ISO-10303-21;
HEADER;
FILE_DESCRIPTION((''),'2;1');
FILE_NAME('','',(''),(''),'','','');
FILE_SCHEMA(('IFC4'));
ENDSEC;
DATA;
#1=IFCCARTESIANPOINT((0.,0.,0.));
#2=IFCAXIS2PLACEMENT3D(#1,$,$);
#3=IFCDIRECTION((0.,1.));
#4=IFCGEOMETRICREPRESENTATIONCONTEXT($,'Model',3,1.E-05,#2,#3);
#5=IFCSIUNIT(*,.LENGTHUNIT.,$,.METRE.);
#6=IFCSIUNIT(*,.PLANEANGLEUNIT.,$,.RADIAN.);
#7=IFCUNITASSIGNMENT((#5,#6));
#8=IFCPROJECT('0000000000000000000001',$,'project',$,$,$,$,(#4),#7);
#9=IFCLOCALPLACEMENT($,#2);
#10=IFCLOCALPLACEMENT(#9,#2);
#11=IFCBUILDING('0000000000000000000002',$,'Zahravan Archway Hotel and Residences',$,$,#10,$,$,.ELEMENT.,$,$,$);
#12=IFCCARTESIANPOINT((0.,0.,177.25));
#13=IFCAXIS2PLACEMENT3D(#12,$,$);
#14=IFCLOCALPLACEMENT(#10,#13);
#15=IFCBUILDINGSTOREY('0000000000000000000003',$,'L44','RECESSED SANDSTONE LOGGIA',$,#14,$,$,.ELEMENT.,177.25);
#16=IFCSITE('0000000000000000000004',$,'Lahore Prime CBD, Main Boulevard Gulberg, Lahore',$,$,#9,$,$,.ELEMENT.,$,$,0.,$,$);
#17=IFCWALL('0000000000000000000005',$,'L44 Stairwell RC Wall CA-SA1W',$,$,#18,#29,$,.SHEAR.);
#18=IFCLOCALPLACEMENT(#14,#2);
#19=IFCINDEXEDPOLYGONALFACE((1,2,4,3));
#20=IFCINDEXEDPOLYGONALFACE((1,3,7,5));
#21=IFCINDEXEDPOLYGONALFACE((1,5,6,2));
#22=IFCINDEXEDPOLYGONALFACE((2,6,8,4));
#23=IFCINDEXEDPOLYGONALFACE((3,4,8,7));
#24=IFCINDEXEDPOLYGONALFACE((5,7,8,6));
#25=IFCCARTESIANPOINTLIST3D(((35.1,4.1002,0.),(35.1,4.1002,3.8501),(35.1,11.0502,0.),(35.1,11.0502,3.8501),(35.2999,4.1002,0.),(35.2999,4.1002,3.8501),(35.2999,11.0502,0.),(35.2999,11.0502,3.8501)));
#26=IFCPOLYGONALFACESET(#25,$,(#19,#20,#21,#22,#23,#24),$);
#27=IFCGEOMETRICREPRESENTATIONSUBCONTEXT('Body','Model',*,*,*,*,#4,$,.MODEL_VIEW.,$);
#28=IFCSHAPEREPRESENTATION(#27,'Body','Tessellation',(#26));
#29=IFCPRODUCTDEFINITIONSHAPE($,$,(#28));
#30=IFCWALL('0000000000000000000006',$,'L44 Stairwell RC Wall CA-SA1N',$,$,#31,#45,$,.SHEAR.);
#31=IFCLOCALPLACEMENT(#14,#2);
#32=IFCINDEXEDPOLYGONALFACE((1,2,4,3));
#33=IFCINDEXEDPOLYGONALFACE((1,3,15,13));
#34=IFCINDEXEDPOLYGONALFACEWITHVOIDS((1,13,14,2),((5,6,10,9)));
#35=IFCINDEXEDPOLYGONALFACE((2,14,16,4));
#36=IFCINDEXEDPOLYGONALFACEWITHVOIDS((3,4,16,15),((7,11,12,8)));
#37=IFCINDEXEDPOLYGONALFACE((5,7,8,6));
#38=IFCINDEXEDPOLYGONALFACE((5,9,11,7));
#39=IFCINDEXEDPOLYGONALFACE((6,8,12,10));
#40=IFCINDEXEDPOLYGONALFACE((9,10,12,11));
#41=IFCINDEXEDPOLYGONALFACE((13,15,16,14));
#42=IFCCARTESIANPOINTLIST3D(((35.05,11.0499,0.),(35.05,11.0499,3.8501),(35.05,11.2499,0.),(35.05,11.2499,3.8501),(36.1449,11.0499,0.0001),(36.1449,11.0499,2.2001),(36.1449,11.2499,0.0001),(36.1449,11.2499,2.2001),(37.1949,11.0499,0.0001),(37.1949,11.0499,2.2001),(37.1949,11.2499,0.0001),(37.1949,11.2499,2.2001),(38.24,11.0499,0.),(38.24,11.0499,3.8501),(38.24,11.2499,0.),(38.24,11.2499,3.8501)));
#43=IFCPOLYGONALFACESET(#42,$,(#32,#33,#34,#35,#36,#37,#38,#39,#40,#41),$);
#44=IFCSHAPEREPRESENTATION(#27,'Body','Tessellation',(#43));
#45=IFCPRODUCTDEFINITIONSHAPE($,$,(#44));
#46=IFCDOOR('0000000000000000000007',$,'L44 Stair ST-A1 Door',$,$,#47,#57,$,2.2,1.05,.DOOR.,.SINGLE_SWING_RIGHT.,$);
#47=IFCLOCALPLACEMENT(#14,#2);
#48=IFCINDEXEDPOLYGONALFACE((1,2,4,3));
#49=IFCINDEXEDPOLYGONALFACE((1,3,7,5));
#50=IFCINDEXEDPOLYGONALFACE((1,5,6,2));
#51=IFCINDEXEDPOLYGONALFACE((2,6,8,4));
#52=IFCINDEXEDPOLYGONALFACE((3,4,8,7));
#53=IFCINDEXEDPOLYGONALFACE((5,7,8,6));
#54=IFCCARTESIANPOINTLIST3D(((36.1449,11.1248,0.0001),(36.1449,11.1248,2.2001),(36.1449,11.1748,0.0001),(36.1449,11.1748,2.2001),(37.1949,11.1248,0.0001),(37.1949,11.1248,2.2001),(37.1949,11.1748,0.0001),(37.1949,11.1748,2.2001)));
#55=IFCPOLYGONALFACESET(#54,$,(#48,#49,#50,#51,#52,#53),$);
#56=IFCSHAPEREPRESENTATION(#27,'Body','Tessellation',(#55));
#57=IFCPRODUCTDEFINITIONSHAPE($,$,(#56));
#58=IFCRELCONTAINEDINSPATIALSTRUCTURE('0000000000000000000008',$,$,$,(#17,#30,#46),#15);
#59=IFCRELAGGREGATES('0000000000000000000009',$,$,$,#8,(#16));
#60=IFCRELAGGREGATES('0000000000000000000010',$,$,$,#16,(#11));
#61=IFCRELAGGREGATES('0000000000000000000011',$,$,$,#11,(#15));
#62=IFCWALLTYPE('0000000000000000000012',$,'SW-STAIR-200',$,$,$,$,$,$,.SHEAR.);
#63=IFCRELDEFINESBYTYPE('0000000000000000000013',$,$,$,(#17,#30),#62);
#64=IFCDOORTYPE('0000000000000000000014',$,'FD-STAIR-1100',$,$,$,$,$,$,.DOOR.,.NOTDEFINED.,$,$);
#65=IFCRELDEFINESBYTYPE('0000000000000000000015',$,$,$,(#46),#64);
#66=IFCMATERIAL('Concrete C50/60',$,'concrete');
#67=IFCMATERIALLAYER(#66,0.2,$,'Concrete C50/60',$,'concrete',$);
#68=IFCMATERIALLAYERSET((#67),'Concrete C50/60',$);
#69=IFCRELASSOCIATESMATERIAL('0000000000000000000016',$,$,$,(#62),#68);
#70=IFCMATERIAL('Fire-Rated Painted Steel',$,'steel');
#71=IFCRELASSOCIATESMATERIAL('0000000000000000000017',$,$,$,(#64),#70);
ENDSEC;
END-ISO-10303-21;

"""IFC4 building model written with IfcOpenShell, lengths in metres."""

from ifc_helpers import new_model, si_unit, direction, frame, frame_2d, origin, place, context, subcontext, project, spatial, rectangle, extrude, source, transform, mapped, material, layer, layer_set, type_object, type_shapes, element, fill, save


model = new_model("IFC4")

# Units and contexts
model_context = context("Model", 3, precision=1e-05, world=origin(), true_north=direction((0.0, 1.0)))
body_context = subcontext(model_context, "Body", "Model", "MODEL_VIEW")
ifc_project = project(units=[si_unit("LENGTHUNIT", "METRE"), si_unit("PLANEANGLEUNIT", "RADIAN")], contexts=[model_context])

# Site, building, storey
site_placement = place(None, origin())
site = spatial("IfcSite", under=ifc_project, at=site_placement, Name="Lahore Prime CBD, Main Boulevard Gulberg, Lahore", CompositionType="ELEMENT", RefElevation=0.0)
building_placement = place(site_placement, origin())
building = spatial("IfcBuilding", under=site, at=building_placement, Name="Zahravan Archway Hotel and Residences", CompositionType="ELEMENT")
storey_placement = place(building_placement, frame((0.0, 0.0, 177.25)))
storey = spatial("IfcBuildingStorey", under=building, at=storey_placement, Name="L44", Description="RECESSED SANDSTONE LOGGIA", CompositionType="ELEMENT", Elevation=177.25)

# Shared definitions
ifc_material_1 = material(Name="Fire-Rated Painted Steel", Category="steel")

# Wall
ifc_material_2 = material(Name="Concrete C50/60", Category="concrete")
ifc_layer_1 = layer(ifc_material_2, 0.2, Name="Concrete C50/60", Category="concrete")
ifc_layer_set_1 = layer_set([ifc_layer_1], Name="Concrete C50/60")
wall_type_1 = type_object("IfcWallType", Name="SW-STAIR-200", PredefinedType="SHEAR", material=ifc_layer_set_1)
wall_1_placement = place(storey_placement, frame((35.2, 4.1001, 0.0), z_axis=(0.0, 0.0, 1.0), x_axis=(0.0, 1.0, 0.0)))
element("IfcWall", 1, at=wall_1_placement, inside=storey, type_object=wall_type_1, Name="L44 Stairwell RC Wall CA-SA1W", PredefinedType="SHEAR", context=body_context, shape_type="SweptSolid", body=[
    extrude(rectangle(XDim=6.95, YDim=0.2, at=frame_2d((3.4751, 0.0))), origin(), (0.0, 0.0, 1.0), 3.8501),
])

# Wall, opening, door
wall_2_placement = place(storey_placement, frame((35.05, 11.1499, 0.0), z_axis=(0.0, 0.0, 1.0), x_axis=(1.0, 0.0, 0.0)))
wall_2 = element("IfcWall", 2, at=wall_2_placement, inside=storey, type_object=wall_type_1, Name="L44 Stairwell RC Wall CA-SA1N", PredefinedType="SHEAR", context=body_context, shape_type="SweptSolid", body=[
    extrude(rectangle(XDim=3.1899, YDim=0.2, at=frame_2d((1.595, 0.0))), origin(), (0.0, 0.0, 1.0), 3.8501),
])
opening_1_placement = place(wall_2_placement, frame((1.095, 0.0, 0.0)))
opening_1 = element("IfcOpeningElement", 3, at=opening_1_placement, cuts=wall_2, PredefinedType="OPENING", context=body_context, shape_type="SweptSolid", body=[
    extrude(rectangle(XDim=1.05, YDim=2.2, at=frame_2d((0.5249, 1.1001))), frame((0.0, 0.1099, 0.0), z_axis=(0.0, -1.0, 0.0), x_axis=(1.0, 0.0, 0.0)), (0.0, 0.0, 1.0), 0.22),
])
door_type_1 = type_object("IfcDoorType", Name="FD-STAIR-1100", OperationType="NOTDEFINED", PredefinedType="DOOR", material=ifc_material_1)
shared_shape_1 = source(origin(), body_context, "Body", "SweptSolid", [
    extrude(rectangle(XDim=1.05, YDim=2.2, at=frame_2d((0.5249, 1.1001))), frame((0.0, 0.0249, 0.0), z_axis=(0.0, -1.0, 0.0), x_axis=(1.0, 0.0, 0.0)), (0.0, 0.0, 1.0), 0.05),
])
type_shapes(door_type_1, [shared_shape_1])
door_1_placement = place(opening_1_placement, origin())
door_1 = element("IfcDoor", 4, at=door_1_placement, inside=storey, type_object=door_type_1, Name="L44 Stair ST-A1 Door", OperationType="SINGLE_SWING_RIGHT", OverallHeight=2.2, OverallWidth=1.05, PredefinedType="DOOR", context=body_context, shape_type="MappedRepresentation", body=[
    mapped(shared_shape_1, transform((0.0, 0.0, 0.0), scale=1.0)),
])
fill(opening_1, door_1)

save(model, "model.ifc")
